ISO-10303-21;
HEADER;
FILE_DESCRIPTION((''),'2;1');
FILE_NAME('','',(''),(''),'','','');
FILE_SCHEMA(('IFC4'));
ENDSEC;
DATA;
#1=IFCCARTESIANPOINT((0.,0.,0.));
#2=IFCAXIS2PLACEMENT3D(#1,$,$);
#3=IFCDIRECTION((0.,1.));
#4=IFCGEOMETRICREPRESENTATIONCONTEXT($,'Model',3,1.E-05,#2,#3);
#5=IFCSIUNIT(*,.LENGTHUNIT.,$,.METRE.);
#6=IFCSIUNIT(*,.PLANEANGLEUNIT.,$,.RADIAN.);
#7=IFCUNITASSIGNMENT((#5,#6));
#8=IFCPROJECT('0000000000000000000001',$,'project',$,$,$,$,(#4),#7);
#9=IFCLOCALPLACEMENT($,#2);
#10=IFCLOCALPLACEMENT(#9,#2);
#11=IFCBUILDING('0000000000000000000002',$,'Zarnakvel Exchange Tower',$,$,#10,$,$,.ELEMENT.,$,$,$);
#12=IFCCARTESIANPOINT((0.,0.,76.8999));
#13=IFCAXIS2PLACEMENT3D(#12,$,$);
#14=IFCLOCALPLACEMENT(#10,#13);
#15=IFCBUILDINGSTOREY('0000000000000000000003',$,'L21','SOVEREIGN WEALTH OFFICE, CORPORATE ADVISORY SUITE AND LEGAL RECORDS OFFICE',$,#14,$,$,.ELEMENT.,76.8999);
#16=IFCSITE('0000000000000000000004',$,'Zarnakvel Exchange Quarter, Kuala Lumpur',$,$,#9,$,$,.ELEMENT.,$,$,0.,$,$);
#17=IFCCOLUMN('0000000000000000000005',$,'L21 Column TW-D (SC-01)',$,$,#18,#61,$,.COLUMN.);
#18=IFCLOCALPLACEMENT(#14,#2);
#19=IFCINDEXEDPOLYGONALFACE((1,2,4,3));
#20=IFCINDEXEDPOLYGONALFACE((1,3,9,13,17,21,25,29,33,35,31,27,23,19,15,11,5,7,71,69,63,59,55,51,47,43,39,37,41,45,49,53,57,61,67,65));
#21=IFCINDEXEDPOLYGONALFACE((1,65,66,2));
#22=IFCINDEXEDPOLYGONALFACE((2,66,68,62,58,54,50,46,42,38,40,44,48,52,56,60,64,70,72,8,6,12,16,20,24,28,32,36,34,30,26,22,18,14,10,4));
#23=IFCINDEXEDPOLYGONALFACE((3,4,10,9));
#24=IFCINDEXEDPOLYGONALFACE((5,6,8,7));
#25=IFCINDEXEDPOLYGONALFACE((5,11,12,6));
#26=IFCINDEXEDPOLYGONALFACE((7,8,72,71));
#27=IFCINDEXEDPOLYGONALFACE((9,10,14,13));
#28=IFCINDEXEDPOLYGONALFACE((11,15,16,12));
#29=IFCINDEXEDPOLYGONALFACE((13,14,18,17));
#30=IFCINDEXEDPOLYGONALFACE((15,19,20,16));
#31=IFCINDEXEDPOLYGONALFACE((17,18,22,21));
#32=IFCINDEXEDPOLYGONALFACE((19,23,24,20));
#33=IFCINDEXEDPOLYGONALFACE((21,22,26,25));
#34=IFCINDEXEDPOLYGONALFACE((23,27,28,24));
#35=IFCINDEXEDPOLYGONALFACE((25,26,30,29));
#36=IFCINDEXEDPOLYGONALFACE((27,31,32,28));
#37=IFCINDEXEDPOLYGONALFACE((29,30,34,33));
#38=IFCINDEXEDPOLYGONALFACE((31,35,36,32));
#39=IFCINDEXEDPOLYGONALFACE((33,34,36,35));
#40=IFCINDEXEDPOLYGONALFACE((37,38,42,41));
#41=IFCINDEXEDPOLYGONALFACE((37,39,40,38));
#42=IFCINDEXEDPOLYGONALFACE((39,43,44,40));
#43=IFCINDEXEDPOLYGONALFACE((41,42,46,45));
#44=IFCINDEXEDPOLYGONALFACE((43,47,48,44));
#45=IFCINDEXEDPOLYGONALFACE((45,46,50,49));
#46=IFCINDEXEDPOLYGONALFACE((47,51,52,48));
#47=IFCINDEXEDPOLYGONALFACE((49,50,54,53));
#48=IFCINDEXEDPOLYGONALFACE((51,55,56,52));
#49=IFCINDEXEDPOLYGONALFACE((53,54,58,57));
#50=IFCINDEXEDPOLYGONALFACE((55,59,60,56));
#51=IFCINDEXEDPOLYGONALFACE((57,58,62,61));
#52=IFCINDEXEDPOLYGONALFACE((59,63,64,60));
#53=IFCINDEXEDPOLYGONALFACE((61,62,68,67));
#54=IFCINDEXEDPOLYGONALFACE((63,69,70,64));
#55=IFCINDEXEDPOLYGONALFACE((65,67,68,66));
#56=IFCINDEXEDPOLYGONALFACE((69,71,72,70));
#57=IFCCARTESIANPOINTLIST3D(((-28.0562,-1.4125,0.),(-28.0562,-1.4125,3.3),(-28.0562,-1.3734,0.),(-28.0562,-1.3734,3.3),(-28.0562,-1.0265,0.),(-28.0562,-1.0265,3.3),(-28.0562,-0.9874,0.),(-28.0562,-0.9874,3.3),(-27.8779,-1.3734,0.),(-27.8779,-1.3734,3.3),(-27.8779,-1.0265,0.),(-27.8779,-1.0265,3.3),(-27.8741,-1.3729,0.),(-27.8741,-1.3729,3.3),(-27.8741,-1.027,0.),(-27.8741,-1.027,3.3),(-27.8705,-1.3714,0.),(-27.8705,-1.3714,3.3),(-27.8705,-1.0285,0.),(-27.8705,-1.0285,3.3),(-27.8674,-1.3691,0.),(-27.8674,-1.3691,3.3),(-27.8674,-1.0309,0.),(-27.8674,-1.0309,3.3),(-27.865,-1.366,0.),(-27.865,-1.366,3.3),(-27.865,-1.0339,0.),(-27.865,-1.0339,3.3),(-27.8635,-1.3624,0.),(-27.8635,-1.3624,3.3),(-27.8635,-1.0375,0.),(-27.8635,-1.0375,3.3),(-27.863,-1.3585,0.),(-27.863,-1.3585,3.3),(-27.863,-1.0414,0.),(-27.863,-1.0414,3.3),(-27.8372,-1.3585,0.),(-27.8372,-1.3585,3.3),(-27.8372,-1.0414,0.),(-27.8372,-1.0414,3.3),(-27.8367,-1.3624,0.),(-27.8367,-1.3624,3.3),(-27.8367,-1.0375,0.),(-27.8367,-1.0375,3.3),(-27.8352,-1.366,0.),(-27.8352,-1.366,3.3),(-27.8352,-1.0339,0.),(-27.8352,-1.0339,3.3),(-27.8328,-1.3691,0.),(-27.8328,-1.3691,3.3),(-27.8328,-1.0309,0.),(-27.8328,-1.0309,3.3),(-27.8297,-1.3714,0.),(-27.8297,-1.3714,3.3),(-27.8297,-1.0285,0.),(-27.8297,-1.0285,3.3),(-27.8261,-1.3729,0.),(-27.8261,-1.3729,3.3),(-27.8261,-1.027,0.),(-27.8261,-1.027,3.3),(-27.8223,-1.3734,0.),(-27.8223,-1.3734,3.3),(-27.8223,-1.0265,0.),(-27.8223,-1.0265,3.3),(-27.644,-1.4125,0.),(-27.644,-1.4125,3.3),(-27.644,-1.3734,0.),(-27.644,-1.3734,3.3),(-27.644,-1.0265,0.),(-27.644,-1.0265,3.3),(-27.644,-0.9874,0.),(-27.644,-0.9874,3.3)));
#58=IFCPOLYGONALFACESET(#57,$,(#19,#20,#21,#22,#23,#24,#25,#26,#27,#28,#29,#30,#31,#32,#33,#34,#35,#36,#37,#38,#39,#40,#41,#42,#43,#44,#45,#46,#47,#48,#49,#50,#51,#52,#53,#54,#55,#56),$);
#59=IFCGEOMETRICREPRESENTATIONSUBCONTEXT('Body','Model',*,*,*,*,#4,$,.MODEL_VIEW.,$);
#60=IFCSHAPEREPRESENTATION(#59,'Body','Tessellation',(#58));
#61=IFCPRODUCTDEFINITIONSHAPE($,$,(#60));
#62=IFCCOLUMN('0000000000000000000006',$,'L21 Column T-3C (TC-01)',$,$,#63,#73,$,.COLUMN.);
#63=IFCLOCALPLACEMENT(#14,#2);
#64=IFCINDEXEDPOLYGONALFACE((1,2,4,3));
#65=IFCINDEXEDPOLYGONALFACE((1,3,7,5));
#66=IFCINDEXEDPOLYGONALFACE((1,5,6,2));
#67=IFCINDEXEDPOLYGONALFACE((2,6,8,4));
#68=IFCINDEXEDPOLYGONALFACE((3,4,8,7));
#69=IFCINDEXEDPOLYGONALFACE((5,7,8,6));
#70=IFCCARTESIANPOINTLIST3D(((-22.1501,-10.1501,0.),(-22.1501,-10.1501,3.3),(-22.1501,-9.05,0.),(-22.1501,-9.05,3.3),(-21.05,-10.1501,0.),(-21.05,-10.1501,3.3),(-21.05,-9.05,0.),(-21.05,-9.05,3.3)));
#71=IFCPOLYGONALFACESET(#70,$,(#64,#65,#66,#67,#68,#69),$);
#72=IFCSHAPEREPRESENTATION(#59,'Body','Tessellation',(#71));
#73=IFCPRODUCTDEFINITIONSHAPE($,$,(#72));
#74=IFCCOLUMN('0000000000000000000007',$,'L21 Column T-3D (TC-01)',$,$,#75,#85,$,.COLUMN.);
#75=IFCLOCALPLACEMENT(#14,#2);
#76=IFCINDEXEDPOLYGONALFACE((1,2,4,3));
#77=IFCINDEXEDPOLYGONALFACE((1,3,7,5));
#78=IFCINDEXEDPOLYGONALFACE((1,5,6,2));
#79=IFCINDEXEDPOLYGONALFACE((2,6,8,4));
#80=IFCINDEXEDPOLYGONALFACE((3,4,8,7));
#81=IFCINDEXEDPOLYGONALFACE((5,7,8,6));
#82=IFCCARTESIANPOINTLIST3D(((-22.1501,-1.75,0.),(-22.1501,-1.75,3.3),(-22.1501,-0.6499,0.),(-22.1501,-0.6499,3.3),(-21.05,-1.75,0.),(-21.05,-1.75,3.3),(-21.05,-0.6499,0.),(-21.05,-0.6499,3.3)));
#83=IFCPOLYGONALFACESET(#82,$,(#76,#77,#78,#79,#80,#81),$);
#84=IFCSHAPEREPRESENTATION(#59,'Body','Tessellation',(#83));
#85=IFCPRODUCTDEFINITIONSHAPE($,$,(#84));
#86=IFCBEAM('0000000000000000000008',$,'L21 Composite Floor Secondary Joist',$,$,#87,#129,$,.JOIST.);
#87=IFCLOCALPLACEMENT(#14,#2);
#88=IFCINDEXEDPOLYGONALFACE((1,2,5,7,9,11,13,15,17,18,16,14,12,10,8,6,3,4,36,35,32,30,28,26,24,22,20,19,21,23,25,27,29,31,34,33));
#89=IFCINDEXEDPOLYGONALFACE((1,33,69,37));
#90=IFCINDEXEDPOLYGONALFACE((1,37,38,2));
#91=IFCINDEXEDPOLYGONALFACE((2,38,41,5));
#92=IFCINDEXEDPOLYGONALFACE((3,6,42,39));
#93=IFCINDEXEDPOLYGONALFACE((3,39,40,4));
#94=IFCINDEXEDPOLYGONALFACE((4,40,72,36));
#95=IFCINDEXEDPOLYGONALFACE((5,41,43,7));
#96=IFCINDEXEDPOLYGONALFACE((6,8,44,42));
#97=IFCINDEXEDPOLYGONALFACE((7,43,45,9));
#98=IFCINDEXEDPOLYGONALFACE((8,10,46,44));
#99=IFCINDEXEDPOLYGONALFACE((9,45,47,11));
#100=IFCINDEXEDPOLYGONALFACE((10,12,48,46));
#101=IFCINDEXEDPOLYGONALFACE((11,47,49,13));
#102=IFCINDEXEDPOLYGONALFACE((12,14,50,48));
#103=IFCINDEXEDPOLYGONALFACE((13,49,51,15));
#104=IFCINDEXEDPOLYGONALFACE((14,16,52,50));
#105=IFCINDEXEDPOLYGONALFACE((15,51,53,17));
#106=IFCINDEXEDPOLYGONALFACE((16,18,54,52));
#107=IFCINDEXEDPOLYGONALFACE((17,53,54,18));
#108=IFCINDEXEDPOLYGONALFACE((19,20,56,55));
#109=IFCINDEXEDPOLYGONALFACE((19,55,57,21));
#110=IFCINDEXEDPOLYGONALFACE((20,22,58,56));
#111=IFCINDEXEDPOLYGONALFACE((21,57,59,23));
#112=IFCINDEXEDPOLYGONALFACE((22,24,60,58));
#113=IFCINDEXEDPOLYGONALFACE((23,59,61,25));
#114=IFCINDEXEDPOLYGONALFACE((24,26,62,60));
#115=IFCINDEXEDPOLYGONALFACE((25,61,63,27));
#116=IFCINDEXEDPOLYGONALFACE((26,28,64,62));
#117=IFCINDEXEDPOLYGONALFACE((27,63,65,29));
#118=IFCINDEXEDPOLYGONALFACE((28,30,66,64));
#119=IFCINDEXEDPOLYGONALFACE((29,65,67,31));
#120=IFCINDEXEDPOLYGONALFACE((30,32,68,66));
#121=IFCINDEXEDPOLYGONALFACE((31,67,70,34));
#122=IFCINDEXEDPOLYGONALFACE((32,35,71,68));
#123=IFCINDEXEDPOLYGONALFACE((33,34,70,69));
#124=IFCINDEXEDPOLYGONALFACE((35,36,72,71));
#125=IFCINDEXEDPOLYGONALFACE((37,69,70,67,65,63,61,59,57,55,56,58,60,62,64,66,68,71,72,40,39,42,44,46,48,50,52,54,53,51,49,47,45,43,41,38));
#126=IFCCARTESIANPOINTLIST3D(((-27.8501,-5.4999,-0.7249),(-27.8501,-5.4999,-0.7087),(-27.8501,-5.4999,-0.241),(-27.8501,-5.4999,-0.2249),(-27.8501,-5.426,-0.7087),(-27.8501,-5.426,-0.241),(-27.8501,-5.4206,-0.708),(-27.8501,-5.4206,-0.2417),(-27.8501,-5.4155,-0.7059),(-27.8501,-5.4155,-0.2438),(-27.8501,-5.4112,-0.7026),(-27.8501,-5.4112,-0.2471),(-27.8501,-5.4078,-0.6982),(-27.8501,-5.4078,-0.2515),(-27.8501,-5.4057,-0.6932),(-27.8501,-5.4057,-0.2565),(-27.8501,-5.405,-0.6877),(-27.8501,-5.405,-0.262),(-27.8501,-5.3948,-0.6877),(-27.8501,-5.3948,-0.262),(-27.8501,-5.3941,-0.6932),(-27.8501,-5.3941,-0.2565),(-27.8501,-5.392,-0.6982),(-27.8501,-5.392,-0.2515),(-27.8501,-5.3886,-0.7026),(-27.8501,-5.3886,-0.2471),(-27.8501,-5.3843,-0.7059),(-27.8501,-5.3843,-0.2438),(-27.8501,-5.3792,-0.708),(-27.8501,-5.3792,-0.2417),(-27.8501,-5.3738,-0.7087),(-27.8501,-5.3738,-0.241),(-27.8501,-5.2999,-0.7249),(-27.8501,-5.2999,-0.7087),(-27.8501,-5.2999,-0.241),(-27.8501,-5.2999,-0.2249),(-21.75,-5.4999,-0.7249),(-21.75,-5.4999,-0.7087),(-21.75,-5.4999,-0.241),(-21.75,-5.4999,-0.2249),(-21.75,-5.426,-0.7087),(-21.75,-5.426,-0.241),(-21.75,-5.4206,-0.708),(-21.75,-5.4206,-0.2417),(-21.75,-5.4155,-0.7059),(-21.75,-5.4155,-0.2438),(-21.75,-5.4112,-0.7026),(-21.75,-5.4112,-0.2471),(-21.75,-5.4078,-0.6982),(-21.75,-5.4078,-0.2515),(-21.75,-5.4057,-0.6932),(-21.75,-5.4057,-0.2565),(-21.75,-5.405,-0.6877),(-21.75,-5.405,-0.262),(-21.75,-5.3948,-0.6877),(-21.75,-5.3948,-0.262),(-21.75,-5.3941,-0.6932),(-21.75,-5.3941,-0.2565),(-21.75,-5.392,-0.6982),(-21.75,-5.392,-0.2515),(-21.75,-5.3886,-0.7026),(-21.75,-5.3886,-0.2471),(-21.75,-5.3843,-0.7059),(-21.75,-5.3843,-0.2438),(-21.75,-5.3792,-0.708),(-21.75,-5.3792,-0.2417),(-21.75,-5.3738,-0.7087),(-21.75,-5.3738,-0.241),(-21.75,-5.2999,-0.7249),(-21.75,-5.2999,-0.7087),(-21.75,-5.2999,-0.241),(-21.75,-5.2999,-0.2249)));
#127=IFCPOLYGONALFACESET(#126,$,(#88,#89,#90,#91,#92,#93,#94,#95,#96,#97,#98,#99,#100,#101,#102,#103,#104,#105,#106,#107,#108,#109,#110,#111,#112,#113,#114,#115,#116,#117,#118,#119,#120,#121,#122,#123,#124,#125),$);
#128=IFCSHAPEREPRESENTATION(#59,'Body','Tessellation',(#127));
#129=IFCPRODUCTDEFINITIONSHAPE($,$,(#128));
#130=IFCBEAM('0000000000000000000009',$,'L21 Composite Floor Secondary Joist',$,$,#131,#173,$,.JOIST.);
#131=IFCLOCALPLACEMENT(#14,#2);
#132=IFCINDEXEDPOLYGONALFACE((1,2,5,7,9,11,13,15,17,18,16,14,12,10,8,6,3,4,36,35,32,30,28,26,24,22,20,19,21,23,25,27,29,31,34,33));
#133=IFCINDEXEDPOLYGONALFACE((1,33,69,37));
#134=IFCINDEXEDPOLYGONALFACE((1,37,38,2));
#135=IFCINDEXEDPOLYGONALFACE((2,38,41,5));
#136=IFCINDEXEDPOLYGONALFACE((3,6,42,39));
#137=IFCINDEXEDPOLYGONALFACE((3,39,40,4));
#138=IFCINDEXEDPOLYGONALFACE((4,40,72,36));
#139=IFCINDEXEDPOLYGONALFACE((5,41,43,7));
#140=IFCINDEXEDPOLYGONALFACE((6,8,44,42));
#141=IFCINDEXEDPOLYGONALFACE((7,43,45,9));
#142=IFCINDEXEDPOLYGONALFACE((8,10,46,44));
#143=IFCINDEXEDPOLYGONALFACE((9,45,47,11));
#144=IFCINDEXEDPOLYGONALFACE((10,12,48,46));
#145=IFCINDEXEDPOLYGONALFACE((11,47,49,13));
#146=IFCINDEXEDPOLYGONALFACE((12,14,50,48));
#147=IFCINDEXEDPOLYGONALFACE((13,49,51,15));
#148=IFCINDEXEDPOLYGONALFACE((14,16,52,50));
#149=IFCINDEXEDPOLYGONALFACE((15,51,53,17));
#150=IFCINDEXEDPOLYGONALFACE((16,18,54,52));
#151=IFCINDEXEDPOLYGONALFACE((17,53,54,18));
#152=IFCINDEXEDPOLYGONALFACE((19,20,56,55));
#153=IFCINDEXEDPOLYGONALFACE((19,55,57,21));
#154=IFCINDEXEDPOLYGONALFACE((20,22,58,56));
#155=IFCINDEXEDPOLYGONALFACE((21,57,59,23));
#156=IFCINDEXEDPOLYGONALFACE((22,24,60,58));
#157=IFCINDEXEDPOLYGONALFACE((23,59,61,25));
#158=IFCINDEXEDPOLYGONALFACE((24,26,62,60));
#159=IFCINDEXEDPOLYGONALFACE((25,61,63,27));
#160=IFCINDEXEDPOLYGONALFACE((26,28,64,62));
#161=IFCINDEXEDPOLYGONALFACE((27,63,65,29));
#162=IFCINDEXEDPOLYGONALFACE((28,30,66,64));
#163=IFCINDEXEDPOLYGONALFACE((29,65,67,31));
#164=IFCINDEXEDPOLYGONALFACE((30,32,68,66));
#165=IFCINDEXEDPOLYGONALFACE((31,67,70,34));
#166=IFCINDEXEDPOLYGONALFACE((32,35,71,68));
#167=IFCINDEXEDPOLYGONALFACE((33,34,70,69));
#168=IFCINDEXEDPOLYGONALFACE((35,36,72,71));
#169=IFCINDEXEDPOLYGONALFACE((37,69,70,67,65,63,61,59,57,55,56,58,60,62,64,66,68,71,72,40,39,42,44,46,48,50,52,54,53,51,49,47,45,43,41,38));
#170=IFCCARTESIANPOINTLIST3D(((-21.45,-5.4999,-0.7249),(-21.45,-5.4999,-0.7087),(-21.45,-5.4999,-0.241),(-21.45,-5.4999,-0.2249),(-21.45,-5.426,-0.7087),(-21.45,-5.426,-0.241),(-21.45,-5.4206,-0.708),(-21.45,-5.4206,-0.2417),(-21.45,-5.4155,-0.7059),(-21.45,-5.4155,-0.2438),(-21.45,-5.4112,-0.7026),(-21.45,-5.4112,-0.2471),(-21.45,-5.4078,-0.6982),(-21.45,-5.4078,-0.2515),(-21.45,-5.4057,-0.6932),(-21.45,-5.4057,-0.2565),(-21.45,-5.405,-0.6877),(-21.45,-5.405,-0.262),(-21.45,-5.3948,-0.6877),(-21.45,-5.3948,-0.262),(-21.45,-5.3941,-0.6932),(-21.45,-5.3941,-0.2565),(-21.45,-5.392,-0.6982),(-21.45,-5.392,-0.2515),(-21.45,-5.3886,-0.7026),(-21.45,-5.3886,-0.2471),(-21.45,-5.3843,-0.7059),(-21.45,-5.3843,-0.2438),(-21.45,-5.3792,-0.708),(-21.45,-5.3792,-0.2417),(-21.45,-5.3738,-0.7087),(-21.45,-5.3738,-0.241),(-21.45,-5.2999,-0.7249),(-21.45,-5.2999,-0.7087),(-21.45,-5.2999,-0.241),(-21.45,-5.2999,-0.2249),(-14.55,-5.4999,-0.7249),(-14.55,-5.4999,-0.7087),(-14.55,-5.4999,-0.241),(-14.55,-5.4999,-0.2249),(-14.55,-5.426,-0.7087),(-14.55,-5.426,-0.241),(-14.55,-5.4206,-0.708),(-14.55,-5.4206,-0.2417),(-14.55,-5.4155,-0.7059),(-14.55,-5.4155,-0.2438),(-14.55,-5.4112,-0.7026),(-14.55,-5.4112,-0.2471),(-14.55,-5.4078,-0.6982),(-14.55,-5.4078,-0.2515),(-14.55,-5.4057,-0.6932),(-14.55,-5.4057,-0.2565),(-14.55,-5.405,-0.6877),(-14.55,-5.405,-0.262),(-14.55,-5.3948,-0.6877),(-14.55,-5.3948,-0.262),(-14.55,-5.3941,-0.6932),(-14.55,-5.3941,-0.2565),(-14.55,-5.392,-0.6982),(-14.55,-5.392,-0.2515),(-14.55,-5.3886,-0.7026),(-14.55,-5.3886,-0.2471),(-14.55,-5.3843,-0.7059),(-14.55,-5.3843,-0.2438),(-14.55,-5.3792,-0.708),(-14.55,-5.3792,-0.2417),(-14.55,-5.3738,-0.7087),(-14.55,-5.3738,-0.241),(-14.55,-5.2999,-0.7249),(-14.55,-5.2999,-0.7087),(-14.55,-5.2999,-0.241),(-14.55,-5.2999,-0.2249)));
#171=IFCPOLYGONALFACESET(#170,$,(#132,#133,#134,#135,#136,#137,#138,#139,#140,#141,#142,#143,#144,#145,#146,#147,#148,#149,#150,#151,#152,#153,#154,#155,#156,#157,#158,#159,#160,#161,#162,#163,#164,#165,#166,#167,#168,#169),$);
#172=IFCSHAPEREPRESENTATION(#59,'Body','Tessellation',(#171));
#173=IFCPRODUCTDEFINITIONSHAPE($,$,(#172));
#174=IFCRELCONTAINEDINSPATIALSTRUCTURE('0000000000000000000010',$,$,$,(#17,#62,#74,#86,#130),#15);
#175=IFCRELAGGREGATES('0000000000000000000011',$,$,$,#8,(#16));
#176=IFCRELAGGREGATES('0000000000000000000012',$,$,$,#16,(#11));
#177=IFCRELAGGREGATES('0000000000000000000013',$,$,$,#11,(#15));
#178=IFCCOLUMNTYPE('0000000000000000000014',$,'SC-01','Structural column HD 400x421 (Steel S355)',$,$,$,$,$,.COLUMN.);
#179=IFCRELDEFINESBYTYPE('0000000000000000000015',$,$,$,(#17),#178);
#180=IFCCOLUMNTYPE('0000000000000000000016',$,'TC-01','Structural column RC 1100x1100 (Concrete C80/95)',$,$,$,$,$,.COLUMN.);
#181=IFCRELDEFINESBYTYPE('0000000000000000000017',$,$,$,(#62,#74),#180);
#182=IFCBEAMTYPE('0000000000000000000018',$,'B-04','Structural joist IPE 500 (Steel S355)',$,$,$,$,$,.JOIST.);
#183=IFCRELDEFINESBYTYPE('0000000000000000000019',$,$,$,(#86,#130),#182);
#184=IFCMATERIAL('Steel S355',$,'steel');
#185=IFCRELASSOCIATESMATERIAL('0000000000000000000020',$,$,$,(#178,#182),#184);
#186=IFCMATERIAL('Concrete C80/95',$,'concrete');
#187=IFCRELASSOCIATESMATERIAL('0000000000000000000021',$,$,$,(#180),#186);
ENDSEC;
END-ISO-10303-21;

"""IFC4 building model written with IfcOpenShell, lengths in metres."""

from ifc_helpers import new_model, si_unit, direction, frame, origin, origin_2d, place, context, subcontext, project, spatial, rectangle, i_section, extrude, material, material_profile, profile_set, type_object, element, save


model = new_model("IFC4")

# Units and contexts
model_context = context("Model", 3, precision=1e-05, world=origin(), true_north=direction((0.0, 1.0)))
body_context = subcontext(model_context, "Body", "Model", "MODEL_VIEW")
ifc_project = project(units=[si_unit("LENGTHUNIT", "METRE"), si_unit("PLANEANGLEUNIT", "RADIAN")], contexts=[model_context])

# Site, building, storey
site_placement = place(None, origin())
site = spatial("IfcSite", under=ifc_project, at=site_placement, Name="Zarnakvel Exchange Quarter, Kuala Lumpur", CompositionType="ELEMENT", RefElevation=0.0)
building_placement = place(site_placement, origin())
building = spatial("IfcBuilding", under=site, at=building_placement, Name="Zarnakvel Exchange Tower", CompositionType="ELEMENT")
storey_placement = place(building_placement, frame((0.0, 0.0, 76.8999)))
storey = spatial("IfcBuildingStorey", under=building, at=storey_placement, Name="L21", Description="SOVEREIGN WEALTH OFFICE, CORPORATE ADVISORY SUITE AND LEGAL RECORDS OFFICE", CompositionType="ELEMENT", Elevation=76.8999)

# Columns
ifc_material_1 = material(Name="Steel S355", Category="steel")
ifc_material_profile_1 = material_profile(ifc_material_1, i_section(OverallWidth=0.4121, OverallDepth=0.425, WebThickness=0.0259, FlangeThickness=0.0391, FilletRadius=0.0149, at=origin_2d()))
ifc_profile_set_1 = profile_set([ifc_material_profile_1], Name="Steel S355")
column_type_1 = type_object("IfcColumnType", Name="SC-01", Description="Structural column HD 400x421 (Steel S355)", PredefinedType="COLUMN", material=ifc_profile_set_1)
column_placement = place(storey_placement, frame((-27.8501, -1.2, 0.0), z_axis=(0.0, 0.0, 1.0), x_axis=(1.0, 0.0, 0.0)))
element("IfcColumn", 1, at=column_placement, inside=storey, type_object=column_type_1, Name="L21 Column TW-D (SC-01)", PredefinedType="COLUMN", context=body_context, shape_type="SweptSolid", body=[
    extrude(i_section(OverallWidth=0.4121, OverallDepth=0.425, WebThickness=0.0259, FlangeThickness=0.0391, FilletRadius=0.0149, at=origin_2d()), origin(), (0.0, 0.0, 1.0), 3.3),
])
ifc_material_2 = material(Name="Concrete C80/95", Category="concrete")
ifc_material_profile_2 = material_profile(ifc_material_2, rectangle(XDim=1.1001, YDim=1.1001, at=origin_2d()))
ifc_profile_set_2 = profile_set([ifc_material_profile_2], Name="Concrete C80/95")
column_type_2 = type_object("IfcColumnType", Name="TC-01", Description="Structural column RC 1100x1100 (Concrete C80/95)", PredefinedType="COLUMN", material=ifc_profile_set_2)
for number, where, z_axis, x_axis, name in (
    (2, (-21.6001, -9.6001, 0.0), (0.0, 0.0, 1.0), (1.0, 0.0, 0.0), "L21 Column T-3C (TC-01)"),
    (3, (-21.6001, -1.2, 0.0), (0.0, 0.0, 1.0), (1.0, 0.0, 0.0), "L21 Column T-3D (TC-01)"),
):
    element("IfcColumn", number, at=place(storey_placement, frame(where, z_axis=z_axis, x_axis=x_axis)), inside=storey, type_object=column_type_2, Name=name, PredefinedType="COLUMN", context=body_context, shape_type="SweptSolid", body=[
        extrude(rectangle(XDim=1.1001, YDim=1.1001, at=origin_2d()), origin(), (0.0, 0.0, 1.0), 3.3),
    ])

# Beams
ifc_material_profile_3 = material_profile(ifc_material_1, i_section(OverallWidth=0.2, OverallDepth=0.5, WebThickness=0.0103, FlangeThickness=0.0161, FilletRadius=0.021, at=origin_2d()))
ifc_profile_set_3 = profile_set([ifc_material_profile_3], Name="Steel S355")
beam_type_1 = type_object("IfcBeamType", Name="B-04", Description="Structural joist IPE 500 (Steel S355)", PredefinedType="JOIST", material=ifc_profile_set_3)
beam_1_placement = place(storey_placement, frame((-27.8501, -5.3999, -0.4749), z_axis=(1.0, 0.0, 0.0), x_axis=(0.0, 1.0, 0.0)))
element("IfcBeam", 4, at=beam_1_placement, inside=storey, type_object=beam_type_1, Name="L21 Composite Floor Secondary Joist", PredefinedType="JOIST", context=body_context, shape_type="SweptSolid", body=[
    extrude(i_section(OverallWidth=0.2, OverallDepth=0.5, WebThickness=0.0103, FlangeThickness=0.0161, FilletRadius=0.021, at=origin_2d()), origin(), (0.0, 0.0, 1.0), 6.1001),
])
beam_2_placement = place(storey_placement, frame((-21.45, -5.3999, -0.4749), z_axis=(1.0, 0.0, 0.0), x_axis=(0.0, 1.0, 0.0)))
element("IfcBeam", 5, at=beam_2_placement, inside=storey, type_object=beam_type_1, Name="L21 Composite Floor Secondary Joist", PredefinedType="JOIST", context=body_context, shape_type="SweptSolid", body=[
    extrude(i_section(OverallWidth=0.2, OverallDepth=0.5, WebThickness=0.0103, FlangeThickness=0.0161, FilletRadius=0.021, at=origin_2d()), origin(), (0.0, 0.0, 1.0), 6.8999),
])

save(model, "model.ifc")
